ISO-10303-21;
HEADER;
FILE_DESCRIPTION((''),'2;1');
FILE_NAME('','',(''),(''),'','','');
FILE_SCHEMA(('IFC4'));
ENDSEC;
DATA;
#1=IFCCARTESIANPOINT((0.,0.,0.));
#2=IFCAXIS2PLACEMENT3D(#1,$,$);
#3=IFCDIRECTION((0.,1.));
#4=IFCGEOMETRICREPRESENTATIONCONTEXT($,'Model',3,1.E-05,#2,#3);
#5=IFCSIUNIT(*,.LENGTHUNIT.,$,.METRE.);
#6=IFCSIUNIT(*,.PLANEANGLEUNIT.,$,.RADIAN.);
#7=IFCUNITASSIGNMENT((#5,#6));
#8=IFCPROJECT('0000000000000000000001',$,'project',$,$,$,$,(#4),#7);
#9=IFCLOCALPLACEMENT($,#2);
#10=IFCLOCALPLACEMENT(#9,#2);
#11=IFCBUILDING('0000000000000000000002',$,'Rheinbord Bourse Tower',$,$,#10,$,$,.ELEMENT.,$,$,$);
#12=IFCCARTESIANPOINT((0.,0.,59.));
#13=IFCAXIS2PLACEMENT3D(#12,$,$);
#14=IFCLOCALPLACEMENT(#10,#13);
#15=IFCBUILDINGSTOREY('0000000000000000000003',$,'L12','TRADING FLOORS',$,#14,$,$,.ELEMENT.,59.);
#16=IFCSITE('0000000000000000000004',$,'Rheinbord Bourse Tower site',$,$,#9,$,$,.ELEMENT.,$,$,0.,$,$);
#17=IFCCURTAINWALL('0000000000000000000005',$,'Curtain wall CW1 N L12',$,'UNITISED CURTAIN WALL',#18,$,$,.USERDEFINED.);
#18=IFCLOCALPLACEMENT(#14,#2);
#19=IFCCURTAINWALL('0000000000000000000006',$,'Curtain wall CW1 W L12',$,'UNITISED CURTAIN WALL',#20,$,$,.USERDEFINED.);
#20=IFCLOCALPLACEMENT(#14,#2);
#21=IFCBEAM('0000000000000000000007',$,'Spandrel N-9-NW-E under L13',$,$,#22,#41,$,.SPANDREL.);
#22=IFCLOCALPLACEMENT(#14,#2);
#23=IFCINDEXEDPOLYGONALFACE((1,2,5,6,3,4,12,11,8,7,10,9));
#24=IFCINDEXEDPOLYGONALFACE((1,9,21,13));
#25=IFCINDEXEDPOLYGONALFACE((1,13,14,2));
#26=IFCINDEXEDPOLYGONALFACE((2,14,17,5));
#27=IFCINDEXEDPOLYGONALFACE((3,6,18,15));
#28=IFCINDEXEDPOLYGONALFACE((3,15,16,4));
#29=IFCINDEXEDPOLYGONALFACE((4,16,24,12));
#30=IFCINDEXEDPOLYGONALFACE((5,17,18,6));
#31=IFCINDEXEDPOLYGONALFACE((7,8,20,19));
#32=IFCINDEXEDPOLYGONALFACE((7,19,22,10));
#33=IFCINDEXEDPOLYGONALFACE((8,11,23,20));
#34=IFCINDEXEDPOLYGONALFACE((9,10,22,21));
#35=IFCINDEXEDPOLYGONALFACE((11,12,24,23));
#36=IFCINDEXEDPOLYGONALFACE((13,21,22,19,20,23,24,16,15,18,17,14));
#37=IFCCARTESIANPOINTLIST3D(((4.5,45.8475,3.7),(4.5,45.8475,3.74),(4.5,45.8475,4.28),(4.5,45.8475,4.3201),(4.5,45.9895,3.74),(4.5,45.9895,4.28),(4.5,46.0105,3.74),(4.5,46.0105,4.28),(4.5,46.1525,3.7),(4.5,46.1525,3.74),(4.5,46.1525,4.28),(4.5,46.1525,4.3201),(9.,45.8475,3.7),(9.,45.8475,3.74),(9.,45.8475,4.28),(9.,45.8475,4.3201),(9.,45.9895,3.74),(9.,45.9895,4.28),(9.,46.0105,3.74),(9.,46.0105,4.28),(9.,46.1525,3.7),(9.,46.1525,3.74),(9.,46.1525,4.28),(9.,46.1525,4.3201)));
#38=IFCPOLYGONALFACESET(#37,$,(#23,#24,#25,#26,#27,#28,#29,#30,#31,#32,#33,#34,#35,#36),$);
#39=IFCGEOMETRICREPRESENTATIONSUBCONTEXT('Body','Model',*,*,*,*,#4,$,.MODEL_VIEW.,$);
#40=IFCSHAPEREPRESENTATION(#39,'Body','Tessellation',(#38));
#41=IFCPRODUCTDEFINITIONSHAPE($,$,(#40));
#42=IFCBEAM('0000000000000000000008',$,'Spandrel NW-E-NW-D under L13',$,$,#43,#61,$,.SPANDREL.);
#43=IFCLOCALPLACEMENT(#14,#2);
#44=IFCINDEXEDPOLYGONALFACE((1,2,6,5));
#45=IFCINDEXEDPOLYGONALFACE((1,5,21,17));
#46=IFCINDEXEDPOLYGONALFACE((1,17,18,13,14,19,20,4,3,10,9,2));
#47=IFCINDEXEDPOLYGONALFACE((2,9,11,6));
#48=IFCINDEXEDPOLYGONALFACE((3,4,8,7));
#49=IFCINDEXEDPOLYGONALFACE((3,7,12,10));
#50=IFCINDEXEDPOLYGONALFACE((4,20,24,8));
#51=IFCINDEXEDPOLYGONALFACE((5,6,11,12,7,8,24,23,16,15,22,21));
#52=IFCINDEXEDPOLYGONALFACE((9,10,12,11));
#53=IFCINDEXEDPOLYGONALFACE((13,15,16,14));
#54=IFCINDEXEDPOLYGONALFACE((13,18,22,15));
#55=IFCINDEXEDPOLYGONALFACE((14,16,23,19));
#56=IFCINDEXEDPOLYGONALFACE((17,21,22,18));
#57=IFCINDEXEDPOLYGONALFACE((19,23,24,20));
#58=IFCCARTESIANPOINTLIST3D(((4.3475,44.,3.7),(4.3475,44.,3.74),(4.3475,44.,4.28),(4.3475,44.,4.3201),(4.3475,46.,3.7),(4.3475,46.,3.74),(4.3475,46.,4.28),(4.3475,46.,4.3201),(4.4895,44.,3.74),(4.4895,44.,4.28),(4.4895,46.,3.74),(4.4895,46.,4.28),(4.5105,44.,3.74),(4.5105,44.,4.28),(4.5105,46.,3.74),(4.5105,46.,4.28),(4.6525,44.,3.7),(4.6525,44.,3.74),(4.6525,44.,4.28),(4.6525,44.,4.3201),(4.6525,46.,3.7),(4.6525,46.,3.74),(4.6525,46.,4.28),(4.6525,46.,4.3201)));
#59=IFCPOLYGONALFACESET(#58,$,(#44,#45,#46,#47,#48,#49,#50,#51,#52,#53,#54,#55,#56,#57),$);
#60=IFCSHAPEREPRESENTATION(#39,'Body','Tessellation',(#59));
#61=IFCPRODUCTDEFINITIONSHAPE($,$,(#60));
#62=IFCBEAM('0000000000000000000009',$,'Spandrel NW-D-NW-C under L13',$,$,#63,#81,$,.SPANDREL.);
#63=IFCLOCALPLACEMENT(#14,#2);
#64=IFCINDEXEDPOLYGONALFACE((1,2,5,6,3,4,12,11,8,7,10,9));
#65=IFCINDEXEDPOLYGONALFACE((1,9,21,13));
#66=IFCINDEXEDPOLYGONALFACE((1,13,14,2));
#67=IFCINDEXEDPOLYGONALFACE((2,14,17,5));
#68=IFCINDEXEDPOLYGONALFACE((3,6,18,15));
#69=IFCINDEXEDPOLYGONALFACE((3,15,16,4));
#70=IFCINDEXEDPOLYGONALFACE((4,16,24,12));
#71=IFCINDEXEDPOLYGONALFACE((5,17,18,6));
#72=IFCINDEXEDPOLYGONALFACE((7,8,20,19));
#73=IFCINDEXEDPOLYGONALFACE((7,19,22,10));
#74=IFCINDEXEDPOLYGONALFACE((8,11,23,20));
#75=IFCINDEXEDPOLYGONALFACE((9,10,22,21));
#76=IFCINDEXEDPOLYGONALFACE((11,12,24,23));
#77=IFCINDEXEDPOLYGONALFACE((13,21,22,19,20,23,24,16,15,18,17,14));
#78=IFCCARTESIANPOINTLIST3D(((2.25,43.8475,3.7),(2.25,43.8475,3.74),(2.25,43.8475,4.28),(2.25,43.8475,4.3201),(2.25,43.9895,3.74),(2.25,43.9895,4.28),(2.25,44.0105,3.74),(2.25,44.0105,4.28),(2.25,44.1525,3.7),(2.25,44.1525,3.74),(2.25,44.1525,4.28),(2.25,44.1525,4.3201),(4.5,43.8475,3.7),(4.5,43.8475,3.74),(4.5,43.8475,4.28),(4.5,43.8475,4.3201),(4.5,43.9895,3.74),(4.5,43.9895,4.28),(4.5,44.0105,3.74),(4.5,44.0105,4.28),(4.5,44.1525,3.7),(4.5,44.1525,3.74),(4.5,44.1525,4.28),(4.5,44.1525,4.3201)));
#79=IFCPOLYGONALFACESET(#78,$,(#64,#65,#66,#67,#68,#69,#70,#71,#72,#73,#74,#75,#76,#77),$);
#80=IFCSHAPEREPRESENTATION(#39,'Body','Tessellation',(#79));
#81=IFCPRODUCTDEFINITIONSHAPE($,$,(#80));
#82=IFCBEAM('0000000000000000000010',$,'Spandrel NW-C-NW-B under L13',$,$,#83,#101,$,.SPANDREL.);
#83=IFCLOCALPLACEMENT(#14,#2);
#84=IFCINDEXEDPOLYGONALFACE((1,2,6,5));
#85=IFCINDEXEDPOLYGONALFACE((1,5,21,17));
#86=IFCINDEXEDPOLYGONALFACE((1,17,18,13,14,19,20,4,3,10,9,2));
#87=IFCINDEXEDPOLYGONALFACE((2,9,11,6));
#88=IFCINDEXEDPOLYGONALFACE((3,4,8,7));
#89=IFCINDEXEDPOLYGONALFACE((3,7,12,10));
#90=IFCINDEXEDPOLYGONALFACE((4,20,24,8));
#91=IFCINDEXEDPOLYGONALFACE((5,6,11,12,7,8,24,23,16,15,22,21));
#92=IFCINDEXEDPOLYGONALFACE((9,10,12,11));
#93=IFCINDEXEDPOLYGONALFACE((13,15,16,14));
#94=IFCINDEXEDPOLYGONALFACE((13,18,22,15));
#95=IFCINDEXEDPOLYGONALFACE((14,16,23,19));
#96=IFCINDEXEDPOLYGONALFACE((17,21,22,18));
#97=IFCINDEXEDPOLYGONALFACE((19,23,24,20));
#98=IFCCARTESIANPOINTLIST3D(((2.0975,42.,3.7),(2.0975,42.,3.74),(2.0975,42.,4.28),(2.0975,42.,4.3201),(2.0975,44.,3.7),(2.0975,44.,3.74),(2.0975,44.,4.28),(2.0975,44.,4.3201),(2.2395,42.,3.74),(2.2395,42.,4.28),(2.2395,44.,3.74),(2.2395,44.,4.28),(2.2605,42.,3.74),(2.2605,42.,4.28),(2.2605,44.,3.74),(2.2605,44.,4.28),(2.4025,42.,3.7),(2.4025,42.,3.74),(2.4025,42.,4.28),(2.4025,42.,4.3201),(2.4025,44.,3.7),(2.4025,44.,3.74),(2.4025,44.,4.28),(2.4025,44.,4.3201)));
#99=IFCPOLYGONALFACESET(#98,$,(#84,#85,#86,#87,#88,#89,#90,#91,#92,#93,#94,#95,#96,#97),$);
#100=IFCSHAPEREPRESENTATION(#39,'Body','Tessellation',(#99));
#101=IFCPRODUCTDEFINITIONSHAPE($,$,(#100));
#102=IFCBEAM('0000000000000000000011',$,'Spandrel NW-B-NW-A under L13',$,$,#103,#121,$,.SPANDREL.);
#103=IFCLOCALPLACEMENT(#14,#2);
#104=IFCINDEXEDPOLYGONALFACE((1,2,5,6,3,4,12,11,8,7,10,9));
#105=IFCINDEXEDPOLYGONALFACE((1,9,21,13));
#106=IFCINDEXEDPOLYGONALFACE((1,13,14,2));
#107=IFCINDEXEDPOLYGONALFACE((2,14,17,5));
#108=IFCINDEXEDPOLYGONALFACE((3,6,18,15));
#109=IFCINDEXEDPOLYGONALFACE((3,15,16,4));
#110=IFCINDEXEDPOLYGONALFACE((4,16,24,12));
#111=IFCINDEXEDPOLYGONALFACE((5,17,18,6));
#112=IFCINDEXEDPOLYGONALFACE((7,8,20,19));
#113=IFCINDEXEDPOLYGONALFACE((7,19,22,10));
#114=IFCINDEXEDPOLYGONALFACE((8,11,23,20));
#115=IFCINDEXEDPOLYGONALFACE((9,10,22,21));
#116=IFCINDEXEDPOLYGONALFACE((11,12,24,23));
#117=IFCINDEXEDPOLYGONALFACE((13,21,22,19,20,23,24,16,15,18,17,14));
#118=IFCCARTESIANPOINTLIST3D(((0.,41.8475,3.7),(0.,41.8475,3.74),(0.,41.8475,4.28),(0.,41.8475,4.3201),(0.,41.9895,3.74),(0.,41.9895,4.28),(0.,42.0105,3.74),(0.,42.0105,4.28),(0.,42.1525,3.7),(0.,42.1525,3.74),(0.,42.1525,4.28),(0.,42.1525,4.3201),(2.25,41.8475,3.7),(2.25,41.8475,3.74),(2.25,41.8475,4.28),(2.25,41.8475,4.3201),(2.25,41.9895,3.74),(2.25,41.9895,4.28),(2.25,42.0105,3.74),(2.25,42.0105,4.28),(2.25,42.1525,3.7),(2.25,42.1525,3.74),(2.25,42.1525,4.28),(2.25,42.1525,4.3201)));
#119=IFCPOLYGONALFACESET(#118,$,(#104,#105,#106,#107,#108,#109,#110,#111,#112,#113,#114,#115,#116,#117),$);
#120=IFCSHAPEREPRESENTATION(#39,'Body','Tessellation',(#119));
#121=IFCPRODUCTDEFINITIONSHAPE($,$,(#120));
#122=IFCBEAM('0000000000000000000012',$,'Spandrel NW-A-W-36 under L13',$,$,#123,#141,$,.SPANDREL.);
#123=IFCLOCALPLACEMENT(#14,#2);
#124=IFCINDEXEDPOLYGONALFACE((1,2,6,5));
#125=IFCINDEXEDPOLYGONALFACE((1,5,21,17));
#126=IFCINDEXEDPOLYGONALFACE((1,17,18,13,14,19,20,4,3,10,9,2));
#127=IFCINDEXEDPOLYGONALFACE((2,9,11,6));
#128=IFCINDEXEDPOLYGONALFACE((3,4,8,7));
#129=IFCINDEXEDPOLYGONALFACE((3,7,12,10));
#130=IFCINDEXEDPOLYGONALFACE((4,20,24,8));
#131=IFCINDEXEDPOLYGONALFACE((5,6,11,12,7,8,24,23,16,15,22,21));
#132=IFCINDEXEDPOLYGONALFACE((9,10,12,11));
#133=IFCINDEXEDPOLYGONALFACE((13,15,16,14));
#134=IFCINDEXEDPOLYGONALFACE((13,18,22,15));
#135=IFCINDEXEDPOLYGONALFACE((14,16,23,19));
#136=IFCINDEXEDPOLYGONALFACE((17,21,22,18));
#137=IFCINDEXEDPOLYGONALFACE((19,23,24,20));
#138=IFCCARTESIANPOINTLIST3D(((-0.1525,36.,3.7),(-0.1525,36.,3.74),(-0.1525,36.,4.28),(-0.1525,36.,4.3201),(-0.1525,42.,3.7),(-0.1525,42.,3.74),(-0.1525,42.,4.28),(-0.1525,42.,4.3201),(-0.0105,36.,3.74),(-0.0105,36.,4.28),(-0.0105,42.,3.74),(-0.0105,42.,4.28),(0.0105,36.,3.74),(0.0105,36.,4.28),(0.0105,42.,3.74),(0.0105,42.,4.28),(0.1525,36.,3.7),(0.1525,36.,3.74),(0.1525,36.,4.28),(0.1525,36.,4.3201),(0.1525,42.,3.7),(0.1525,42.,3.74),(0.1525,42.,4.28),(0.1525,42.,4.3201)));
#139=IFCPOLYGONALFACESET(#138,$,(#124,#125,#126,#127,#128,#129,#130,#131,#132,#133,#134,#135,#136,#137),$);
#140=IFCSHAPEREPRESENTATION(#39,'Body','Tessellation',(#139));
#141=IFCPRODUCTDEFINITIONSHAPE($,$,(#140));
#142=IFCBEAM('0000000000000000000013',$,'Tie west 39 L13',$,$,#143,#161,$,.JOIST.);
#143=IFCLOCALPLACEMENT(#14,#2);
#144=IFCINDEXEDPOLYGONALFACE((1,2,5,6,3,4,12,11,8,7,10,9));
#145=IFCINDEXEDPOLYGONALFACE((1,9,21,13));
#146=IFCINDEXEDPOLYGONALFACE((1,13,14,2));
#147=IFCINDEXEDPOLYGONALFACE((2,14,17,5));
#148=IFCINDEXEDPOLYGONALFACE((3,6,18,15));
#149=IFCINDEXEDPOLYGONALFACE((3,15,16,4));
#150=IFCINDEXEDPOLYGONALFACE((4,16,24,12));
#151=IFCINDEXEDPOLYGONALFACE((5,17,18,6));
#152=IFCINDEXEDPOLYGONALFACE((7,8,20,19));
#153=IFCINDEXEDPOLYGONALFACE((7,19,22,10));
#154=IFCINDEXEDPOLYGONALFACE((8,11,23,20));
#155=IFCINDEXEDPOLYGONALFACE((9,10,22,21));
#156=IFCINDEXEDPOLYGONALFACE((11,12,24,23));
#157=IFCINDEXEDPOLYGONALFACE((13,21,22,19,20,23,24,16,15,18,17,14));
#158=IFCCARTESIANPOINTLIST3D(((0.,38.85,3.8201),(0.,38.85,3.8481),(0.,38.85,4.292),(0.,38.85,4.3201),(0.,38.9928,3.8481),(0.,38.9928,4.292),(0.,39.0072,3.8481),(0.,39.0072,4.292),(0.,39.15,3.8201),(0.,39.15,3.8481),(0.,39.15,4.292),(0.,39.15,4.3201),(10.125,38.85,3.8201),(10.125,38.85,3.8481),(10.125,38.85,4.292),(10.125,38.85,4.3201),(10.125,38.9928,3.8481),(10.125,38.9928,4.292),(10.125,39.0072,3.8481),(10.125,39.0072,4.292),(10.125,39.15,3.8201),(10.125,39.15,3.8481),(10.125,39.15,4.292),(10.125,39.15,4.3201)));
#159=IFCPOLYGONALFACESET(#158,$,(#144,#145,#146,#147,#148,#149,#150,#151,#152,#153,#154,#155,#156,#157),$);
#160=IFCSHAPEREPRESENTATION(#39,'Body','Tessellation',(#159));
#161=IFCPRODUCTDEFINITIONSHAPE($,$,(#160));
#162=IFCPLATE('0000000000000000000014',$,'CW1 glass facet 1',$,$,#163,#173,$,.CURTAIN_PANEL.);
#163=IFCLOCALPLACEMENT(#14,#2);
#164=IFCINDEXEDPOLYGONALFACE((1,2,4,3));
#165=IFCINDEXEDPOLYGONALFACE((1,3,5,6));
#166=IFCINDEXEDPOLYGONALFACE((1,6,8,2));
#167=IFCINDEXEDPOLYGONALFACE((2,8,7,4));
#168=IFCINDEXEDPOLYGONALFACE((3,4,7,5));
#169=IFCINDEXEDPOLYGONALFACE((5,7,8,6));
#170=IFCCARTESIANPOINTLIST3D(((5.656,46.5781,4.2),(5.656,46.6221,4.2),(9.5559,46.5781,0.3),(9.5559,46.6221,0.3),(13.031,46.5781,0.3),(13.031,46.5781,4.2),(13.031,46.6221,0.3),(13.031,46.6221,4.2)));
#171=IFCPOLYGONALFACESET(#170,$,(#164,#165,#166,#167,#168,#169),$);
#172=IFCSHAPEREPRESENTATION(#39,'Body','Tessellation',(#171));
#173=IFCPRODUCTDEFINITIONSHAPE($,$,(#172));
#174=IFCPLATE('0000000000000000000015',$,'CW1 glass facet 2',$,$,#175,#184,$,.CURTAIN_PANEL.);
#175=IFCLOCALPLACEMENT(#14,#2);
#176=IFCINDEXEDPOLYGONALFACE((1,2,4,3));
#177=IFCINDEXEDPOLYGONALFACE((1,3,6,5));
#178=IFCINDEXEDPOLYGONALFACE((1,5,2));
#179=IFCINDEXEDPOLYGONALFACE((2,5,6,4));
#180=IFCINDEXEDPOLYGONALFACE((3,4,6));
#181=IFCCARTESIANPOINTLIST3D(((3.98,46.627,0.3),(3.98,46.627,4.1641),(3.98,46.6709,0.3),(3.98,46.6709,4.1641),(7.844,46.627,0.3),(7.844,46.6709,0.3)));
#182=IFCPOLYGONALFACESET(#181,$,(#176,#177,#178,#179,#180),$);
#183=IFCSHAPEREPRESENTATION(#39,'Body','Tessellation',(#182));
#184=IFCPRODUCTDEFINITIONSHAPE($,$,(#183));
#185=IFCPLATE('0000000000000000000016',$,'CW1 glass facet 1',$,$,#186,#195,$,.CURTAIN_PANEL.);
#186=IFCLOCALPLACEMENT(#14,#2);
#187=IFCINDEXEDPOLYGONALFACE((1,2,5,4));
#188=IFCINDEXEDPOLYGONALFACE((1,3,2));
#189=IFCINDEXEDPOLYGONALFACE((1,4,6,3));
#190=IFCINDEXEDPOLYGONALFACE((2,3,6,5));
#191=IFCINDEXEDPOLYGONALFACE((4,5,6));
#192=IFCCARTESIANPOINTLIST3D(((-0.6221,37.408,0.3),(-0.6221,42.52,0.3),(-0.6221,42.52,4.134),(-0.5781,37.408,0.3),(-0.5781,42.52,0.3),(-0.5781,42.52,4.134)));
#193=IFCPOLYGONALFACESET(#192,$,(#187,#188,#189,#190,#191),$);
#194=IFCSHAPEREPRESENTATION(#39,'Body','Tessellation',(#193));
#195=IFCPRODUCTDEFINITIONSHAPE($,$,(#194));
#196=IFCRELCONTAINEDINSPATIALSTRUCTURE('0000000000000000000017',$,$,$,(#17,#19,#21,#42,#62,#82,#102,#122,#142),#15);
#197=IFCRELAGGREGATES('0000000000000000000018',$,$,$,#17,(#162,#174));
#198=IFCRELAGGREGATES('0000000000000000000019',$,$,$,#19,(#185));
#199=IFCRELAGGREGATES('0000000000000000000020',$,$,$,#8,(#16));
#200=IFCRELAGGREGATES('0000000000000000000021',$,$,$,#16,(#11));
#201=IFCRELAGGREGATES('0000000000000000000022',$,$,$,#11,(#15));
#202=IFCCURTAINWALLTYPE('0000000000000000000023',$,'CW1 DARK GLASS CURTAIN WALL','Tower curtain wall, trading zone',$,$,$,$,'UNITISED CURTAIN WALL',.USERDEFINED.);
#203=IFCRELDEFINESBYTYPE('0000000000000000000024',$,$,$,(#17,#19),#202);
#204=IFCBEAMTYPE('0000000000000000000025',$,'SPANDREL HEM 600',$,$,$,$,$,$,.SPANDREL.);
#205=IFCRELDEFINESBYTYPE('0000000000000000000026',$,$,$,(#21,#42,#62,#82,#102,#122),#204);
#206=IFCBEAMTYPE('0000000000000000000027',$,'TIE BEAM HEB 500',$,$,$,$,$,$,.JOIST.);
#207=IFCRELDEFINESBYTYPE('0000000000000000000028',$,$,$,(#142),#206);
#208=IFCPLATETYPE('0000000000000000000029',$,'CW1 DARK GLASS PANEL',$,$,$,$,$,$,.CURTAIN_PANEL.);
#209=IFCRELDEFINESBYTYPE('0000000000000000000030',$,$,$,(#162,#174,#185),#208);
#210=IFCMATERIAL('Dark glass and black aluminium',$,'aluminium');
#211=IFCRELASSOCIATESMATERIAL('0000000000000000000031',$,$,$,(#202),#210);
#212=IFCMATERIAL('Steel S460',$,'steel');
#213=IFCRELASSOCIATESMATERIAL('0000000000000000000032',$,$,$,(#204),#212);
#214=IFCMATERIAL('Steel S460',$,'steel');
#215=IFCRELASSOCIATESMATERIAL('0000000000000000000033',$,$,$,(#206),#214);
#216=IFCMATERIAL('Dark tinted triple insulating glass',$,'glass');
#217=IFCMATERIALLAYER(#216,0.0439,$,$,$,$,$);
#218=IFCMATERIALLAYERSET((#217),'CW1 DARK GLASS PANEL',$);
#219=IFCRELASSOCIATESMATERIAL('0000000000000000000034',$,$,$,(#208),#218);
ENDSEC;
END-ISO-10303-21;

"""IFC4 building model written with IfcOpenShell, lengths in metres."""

from ifc_helpers import new_model, si_unit, direction, frame, origin, origin_2d, place, context, subcontext, project, spatial, polyline, i_section, outline, extrude, material, layer, layer_set, material_profile, profile_set, type_object, element, aggregate, save


model = new_model("IFC4")

# Units and contexts
model_context = context("Model", 3, precision=1e-05, world=origin(), true_north=direction((0.0, 1.0)))
body_context = subcontext(model_context, "Body", "Model", "MODEL_VIEW")
ifc_project = project(units=[si_unit("LENGTHUNIT", "METRE"), si_unit("PLANEANGLEUNIT", "RADIAN")], contexts=[model_context])

# Site, building, storey
site_placement = place(None, origin())
site = spatial("IfcSite", under=ifc_project, at=site_placement, Name="Rheinbord Bourse Tower site", CompositionType="ELEMENT", RefElevation=0.0)
building_placement = place(site_placement, origin())
building = spatial("IfcBuilding", under=site, at=building_placement, Name="Rheinbord Bourse Tower", CompositionType="ELEMENT")
storey_placement = place(building_placement, frame((0.0, 0.0, 59.0)))
storey = spatial("IfcBuildingStorey", under=building, at=storey_placement, Name="L12", Description="TRADING FLOORS", CompositionType="ELEMENT", Elevation=59.0)

# Curtain wall
ifc_material_1 = material(Name="Dark glass and black aluminium", Category="aluminium")
curtain_wall_type = type_object("IfcCurtainWallType", Name="CW1 DARK GLASS CURTAIN WALL", Description="Tower curtain wall, trading zone", ElementType="UNITISED CURTAIN WALL", PredefinedType="USERDEFINED", material=ifc_material_1)
curtain_wall_1_placement = place(storey_placement, origin())
curtain_wall_1 = element("IfcCurtainWall", 1, at=curtain_wall_1_placement, inside=storey, type_object=curtain_wall_type, Name="Curtain wall CW1 N L12", ObjectType="UNITISED CURTAIN WALL", PredefinedType="USERDEFINED")

# Curtain wall
curtain_wall_2_placement = place(storey_placement, origin())
curtain_wall_2 = element("IfcCurtainWall", 2, at=curtain_wall_2_placement, inside=storey, type_object=curtain_wall_type, Name="Curtain wall CW1 W L12", ObjectType="UNITISED CURTAIN WALL", PredefinedType="USERDEFINED")

# Beams
ifc_material_2 = material(Name="Steel S460", Category="steel")
ifc_material_profile_1 = material_profile(ifc_material_2, i_section(OverallWidth=0.3049, OverallDepth=0.6201, WebThickness=0.021, FlangeThickness=0.04, at=origin_2d()), Name="HEM 600")
ifc_profile_set_1 = profile_set([ifc_material_profile_1], Name="Steel S460")
beam_type_1 = type_object("IfcBeamType", Name="SPANDREL HEM 600", PredefinedType="SPANDREL", material=ifc_profile_set_1)
beam_1_placement = place(storey_placement, frame((9.0, 46.0, 4.01), z_axis=(-1.0, 0.0, 0.0), x_axis=(0.0, -1.0, 0.0)))
element("IfcBeam", 3, at=beam_1_placement, inside=storey, type_object=beam_type_1, Name="Spandrel N-9-NW-E under L13", PredefinedType="SPANDREL", context=body_context, shape_type="SweptSolid", body=[
    extrude(i_section(OverallWidth=0.3049, OverallDepth=0.6201, WebThickness=0.021, FlangeThickness=0.04, at=origin_2d()), origin(), (0.0, 0.0, 1.0), 4.5),
])
beam_2_placement = place(storey_placement, frame((4.5, 46.0, 4.01), z_axis=(0.0, -1.0, 0.0), x_axis=(1.0, 0.0, 0.0)))
element("IfcBeam", 4, at=beam_2_placement, inside=storey, type_object=beam_type_1, Name="Spandrel NW-E-NW-D under L13", PredefinedType="SPANDREL", context=body_context, shape_type="SweptSolid", body=[
    extrude(i_section(OverallWidth=0.3049, OverallDepth=0.6201, WebThickness=0.021, FlangeThickness=0.04, at=origin_2d()), origin(), (0.0, 0.0, 1.0), 2.0),
])
beam_3_placement = place(storey_placement, frame((4.5, 44.0, 4.01), z_axis=(-1.0, 0.0, 0.0), x_axis=(0.0, -1.0, 0.0)))
element("IfcBeam", 5, at=beam_3_placement, inside=storey, type_object=beam_type_1, Name="Spandrel NW-D-NW-C under L13", PredefinedType="SPANDREL", context=body_context, shape_type="SweptSolid", body=[
    extrude(i_section(OverallWidth=0.3049, OverallDepth=0.6201, WebThickness=0.021, FlangeThickness=0.04, at=origin_2d()), origin(), (0.0, 0.0, 1.0), 2.25),
])
beam_4_placement = place(storey_placement, frame((2.25, 44.0, 4.01), z_axis=(0.0, -1.0, 0.0), x_axis=(1.0, 0.0, 0.0)))
element("IfcBeam", 6, at=beam_4_placement, inside=storey, type_object=beam_type_1, Name="Spandrel NW-C-NW-B under L13", PredefinedType="SPANDREL", context=body_context, shape_type="SweptSolid", body=[
    extrude(i_section(OverallWidth=0.3049, OverallDepth=0.6201, WebThickness=0.021, FlangeThickness=0.04, at=origin_2d()), origin(), (0.0, 0.0, 1.0), 2.0),
])
beam_5_placement = place(storey_placement, frame((2.25, 42.0, 4.01), z_axis=(-1.0, 0.0, 0.0), x_axis=(0.0, -1.0, 0.0)))
element("IfcBeam", 7, at=beam_5_placement, inside=storey, type_object=beam_type_1, Name="Spandrel NW-B-NW-A under L13", PredefinedType="SPANDREL", context=body_context, shape_type="SweptSolid", body=[
    extrude(i_section(OverallWidth=0.3049, OverallDepth=0.6201, WebThickness=0.021, FlangeThickness=0.04, at=origin_2d()), origin(), (0.0, 0.0, 1.0), 2.25),
])
beam_6_placement = place(storey_placement, frame((0.0, 42.0, 4.01), z_axis=(0.0, -1.0, 0.0), x_axis=(1.0, 0.0, 0.0)))
element("IfcBeam", 8, at=beam_6_placement, inside=storey, type_object=beam_type_1, Name="Spandrel NW-A-W-36 under L13", PredefinedType="SPANDREL", context=body_context, shape_type="SweptSolid", body=[
    extrude(i_section(OverallWidth=0.3049, OverallDepth=0.6201, WebThickness=0.021, FlangeThickness=0.04, at=origin_2d()), origin(), (0.0, 0.0, 1.0), 6.0),
])
ifc_material_3 = material(Name="Steel S460", Category="steel")
ifc_material_profile_2 = material_profile(ifc_material_3, i_section(OverallWidth=0.3, OverallDepth=0.5, WebThickness=0.0144, FlangeThickness=0.0281, at=origin_2d()), Name="HEB 500")
ifc_profile_set_2 = profile_set([ifc_material_profile_2], Name="Steel S460")
beam_type_2 = type_object("IfcBeamType", Name="TIE BEAM HEB 500", PredefinedType="JOIST", material=ifc_profile_set_2)
beam_7_placement = place(storey_placement, frame((0.0, 39.0, 4.0701), z_axis=(1.0, 0.0, 0.0), x_axis=(0.0, 1.0, 0.0)))
element("IfcBeam", 9, at=beam_7_placement, inside=storey, type_object=beam_type_2, Name="Tie west 39 L13", PredefinedType="JOIST", context=body_context, shape_type="SweptSolid", body=[
    extrude(i_section(OverallWidth=0.3, OverallDepth=0.5, WebThickness=0.0144, FlangeThickness=0.0281, at=origin_2d()), origin(), (0.0, 0.0, 1.0), 10.125),
])

# Plates
ifc_material_4 = material(Name="Dark tinted triple insulating glass", Category="glass")
ifc_layer_1 = layer(ifc_material_4, 0.0439)
ifc_layer_set_1 = layer_set([ifc_layer_1], Name="CW1 DARK GLASS PANEL")
plate_type = type_object("IfcPlateType", Name="CW1 DARK GLASS PANEL", PredefinedType="CURTAIN_PANEL", material=ifc_layer_set_1)
plate_1_placement = place(storey_placement, frame((13.031, 46.6221, 0.3), z_axis=(0.0, -1.0, 0.0), x_axis=(0.0, 0.0, 1.0)))
plate_1 = element("IfcPlate", 10, at=plate_1_placement, type_object=plate_type, Name="CW1 glass facet 1", PredefinedType="CURTAIN_PANEL", context=body_context, shape_type="SweptSolid", body=[
    extrude(outline(polyline([(0.0, 0.0), (3.8999, 0.0), (3.8999, 7.375), (0.0, 3.4751), (0.0, 0.0)])), origin(), (0.0, 0.0, 1.0), 0.0439),
])
plate_2_placement = place(storey_placement, frame((3.98, 46.6709, 0.3), z_axis=(0.0, -1.0, 0.0), x_axis=(1.0, 0.0, 0.0)))
plate_2 = element("IfcPlate", 11, at=plate_2_placement, type_object=plate_type, Name="CW1 glass facet 2", PredefinedType="CURTAIN_PANEL", context=body_context, shape_type="SweptSolid", body=[
    extrude(outline(polyline([(0.0, 0.0), (3.864, 0.0), (0.0, 3.864), (0.0, 0.0)])), origin(), (0.0, 0.0, 1.0), 0.0439),
])
aggregate(curtain_wall_1, [plate_1, plate_2])
plate_3_placement = place(storey_placement, frame((-0.6221, 42.52, 0.3), z_axis=(1.0, 0.0, 0.0), x_axis=(0.0, 0.0, 1.0)))
plate_3 = element("IfcPlate", 12, at=plate_3_placement, type_object=plate_type, Name="CW1 glass facet 1", PredefinedType="CURTAIN_PANEL", context=body_context, shape_type="SweptSolid", body=[
    extrude(outline(polyline([(0.0, 0.0), (3.834, 0.0), (0.0, 5.1121), (0.0, 0.0)])), origin(), (0.0, 0.0, 1.0), 0.0439),
])
aggregate(curtain_wall_2, [plate_3])

save(model, "model.ifc")
